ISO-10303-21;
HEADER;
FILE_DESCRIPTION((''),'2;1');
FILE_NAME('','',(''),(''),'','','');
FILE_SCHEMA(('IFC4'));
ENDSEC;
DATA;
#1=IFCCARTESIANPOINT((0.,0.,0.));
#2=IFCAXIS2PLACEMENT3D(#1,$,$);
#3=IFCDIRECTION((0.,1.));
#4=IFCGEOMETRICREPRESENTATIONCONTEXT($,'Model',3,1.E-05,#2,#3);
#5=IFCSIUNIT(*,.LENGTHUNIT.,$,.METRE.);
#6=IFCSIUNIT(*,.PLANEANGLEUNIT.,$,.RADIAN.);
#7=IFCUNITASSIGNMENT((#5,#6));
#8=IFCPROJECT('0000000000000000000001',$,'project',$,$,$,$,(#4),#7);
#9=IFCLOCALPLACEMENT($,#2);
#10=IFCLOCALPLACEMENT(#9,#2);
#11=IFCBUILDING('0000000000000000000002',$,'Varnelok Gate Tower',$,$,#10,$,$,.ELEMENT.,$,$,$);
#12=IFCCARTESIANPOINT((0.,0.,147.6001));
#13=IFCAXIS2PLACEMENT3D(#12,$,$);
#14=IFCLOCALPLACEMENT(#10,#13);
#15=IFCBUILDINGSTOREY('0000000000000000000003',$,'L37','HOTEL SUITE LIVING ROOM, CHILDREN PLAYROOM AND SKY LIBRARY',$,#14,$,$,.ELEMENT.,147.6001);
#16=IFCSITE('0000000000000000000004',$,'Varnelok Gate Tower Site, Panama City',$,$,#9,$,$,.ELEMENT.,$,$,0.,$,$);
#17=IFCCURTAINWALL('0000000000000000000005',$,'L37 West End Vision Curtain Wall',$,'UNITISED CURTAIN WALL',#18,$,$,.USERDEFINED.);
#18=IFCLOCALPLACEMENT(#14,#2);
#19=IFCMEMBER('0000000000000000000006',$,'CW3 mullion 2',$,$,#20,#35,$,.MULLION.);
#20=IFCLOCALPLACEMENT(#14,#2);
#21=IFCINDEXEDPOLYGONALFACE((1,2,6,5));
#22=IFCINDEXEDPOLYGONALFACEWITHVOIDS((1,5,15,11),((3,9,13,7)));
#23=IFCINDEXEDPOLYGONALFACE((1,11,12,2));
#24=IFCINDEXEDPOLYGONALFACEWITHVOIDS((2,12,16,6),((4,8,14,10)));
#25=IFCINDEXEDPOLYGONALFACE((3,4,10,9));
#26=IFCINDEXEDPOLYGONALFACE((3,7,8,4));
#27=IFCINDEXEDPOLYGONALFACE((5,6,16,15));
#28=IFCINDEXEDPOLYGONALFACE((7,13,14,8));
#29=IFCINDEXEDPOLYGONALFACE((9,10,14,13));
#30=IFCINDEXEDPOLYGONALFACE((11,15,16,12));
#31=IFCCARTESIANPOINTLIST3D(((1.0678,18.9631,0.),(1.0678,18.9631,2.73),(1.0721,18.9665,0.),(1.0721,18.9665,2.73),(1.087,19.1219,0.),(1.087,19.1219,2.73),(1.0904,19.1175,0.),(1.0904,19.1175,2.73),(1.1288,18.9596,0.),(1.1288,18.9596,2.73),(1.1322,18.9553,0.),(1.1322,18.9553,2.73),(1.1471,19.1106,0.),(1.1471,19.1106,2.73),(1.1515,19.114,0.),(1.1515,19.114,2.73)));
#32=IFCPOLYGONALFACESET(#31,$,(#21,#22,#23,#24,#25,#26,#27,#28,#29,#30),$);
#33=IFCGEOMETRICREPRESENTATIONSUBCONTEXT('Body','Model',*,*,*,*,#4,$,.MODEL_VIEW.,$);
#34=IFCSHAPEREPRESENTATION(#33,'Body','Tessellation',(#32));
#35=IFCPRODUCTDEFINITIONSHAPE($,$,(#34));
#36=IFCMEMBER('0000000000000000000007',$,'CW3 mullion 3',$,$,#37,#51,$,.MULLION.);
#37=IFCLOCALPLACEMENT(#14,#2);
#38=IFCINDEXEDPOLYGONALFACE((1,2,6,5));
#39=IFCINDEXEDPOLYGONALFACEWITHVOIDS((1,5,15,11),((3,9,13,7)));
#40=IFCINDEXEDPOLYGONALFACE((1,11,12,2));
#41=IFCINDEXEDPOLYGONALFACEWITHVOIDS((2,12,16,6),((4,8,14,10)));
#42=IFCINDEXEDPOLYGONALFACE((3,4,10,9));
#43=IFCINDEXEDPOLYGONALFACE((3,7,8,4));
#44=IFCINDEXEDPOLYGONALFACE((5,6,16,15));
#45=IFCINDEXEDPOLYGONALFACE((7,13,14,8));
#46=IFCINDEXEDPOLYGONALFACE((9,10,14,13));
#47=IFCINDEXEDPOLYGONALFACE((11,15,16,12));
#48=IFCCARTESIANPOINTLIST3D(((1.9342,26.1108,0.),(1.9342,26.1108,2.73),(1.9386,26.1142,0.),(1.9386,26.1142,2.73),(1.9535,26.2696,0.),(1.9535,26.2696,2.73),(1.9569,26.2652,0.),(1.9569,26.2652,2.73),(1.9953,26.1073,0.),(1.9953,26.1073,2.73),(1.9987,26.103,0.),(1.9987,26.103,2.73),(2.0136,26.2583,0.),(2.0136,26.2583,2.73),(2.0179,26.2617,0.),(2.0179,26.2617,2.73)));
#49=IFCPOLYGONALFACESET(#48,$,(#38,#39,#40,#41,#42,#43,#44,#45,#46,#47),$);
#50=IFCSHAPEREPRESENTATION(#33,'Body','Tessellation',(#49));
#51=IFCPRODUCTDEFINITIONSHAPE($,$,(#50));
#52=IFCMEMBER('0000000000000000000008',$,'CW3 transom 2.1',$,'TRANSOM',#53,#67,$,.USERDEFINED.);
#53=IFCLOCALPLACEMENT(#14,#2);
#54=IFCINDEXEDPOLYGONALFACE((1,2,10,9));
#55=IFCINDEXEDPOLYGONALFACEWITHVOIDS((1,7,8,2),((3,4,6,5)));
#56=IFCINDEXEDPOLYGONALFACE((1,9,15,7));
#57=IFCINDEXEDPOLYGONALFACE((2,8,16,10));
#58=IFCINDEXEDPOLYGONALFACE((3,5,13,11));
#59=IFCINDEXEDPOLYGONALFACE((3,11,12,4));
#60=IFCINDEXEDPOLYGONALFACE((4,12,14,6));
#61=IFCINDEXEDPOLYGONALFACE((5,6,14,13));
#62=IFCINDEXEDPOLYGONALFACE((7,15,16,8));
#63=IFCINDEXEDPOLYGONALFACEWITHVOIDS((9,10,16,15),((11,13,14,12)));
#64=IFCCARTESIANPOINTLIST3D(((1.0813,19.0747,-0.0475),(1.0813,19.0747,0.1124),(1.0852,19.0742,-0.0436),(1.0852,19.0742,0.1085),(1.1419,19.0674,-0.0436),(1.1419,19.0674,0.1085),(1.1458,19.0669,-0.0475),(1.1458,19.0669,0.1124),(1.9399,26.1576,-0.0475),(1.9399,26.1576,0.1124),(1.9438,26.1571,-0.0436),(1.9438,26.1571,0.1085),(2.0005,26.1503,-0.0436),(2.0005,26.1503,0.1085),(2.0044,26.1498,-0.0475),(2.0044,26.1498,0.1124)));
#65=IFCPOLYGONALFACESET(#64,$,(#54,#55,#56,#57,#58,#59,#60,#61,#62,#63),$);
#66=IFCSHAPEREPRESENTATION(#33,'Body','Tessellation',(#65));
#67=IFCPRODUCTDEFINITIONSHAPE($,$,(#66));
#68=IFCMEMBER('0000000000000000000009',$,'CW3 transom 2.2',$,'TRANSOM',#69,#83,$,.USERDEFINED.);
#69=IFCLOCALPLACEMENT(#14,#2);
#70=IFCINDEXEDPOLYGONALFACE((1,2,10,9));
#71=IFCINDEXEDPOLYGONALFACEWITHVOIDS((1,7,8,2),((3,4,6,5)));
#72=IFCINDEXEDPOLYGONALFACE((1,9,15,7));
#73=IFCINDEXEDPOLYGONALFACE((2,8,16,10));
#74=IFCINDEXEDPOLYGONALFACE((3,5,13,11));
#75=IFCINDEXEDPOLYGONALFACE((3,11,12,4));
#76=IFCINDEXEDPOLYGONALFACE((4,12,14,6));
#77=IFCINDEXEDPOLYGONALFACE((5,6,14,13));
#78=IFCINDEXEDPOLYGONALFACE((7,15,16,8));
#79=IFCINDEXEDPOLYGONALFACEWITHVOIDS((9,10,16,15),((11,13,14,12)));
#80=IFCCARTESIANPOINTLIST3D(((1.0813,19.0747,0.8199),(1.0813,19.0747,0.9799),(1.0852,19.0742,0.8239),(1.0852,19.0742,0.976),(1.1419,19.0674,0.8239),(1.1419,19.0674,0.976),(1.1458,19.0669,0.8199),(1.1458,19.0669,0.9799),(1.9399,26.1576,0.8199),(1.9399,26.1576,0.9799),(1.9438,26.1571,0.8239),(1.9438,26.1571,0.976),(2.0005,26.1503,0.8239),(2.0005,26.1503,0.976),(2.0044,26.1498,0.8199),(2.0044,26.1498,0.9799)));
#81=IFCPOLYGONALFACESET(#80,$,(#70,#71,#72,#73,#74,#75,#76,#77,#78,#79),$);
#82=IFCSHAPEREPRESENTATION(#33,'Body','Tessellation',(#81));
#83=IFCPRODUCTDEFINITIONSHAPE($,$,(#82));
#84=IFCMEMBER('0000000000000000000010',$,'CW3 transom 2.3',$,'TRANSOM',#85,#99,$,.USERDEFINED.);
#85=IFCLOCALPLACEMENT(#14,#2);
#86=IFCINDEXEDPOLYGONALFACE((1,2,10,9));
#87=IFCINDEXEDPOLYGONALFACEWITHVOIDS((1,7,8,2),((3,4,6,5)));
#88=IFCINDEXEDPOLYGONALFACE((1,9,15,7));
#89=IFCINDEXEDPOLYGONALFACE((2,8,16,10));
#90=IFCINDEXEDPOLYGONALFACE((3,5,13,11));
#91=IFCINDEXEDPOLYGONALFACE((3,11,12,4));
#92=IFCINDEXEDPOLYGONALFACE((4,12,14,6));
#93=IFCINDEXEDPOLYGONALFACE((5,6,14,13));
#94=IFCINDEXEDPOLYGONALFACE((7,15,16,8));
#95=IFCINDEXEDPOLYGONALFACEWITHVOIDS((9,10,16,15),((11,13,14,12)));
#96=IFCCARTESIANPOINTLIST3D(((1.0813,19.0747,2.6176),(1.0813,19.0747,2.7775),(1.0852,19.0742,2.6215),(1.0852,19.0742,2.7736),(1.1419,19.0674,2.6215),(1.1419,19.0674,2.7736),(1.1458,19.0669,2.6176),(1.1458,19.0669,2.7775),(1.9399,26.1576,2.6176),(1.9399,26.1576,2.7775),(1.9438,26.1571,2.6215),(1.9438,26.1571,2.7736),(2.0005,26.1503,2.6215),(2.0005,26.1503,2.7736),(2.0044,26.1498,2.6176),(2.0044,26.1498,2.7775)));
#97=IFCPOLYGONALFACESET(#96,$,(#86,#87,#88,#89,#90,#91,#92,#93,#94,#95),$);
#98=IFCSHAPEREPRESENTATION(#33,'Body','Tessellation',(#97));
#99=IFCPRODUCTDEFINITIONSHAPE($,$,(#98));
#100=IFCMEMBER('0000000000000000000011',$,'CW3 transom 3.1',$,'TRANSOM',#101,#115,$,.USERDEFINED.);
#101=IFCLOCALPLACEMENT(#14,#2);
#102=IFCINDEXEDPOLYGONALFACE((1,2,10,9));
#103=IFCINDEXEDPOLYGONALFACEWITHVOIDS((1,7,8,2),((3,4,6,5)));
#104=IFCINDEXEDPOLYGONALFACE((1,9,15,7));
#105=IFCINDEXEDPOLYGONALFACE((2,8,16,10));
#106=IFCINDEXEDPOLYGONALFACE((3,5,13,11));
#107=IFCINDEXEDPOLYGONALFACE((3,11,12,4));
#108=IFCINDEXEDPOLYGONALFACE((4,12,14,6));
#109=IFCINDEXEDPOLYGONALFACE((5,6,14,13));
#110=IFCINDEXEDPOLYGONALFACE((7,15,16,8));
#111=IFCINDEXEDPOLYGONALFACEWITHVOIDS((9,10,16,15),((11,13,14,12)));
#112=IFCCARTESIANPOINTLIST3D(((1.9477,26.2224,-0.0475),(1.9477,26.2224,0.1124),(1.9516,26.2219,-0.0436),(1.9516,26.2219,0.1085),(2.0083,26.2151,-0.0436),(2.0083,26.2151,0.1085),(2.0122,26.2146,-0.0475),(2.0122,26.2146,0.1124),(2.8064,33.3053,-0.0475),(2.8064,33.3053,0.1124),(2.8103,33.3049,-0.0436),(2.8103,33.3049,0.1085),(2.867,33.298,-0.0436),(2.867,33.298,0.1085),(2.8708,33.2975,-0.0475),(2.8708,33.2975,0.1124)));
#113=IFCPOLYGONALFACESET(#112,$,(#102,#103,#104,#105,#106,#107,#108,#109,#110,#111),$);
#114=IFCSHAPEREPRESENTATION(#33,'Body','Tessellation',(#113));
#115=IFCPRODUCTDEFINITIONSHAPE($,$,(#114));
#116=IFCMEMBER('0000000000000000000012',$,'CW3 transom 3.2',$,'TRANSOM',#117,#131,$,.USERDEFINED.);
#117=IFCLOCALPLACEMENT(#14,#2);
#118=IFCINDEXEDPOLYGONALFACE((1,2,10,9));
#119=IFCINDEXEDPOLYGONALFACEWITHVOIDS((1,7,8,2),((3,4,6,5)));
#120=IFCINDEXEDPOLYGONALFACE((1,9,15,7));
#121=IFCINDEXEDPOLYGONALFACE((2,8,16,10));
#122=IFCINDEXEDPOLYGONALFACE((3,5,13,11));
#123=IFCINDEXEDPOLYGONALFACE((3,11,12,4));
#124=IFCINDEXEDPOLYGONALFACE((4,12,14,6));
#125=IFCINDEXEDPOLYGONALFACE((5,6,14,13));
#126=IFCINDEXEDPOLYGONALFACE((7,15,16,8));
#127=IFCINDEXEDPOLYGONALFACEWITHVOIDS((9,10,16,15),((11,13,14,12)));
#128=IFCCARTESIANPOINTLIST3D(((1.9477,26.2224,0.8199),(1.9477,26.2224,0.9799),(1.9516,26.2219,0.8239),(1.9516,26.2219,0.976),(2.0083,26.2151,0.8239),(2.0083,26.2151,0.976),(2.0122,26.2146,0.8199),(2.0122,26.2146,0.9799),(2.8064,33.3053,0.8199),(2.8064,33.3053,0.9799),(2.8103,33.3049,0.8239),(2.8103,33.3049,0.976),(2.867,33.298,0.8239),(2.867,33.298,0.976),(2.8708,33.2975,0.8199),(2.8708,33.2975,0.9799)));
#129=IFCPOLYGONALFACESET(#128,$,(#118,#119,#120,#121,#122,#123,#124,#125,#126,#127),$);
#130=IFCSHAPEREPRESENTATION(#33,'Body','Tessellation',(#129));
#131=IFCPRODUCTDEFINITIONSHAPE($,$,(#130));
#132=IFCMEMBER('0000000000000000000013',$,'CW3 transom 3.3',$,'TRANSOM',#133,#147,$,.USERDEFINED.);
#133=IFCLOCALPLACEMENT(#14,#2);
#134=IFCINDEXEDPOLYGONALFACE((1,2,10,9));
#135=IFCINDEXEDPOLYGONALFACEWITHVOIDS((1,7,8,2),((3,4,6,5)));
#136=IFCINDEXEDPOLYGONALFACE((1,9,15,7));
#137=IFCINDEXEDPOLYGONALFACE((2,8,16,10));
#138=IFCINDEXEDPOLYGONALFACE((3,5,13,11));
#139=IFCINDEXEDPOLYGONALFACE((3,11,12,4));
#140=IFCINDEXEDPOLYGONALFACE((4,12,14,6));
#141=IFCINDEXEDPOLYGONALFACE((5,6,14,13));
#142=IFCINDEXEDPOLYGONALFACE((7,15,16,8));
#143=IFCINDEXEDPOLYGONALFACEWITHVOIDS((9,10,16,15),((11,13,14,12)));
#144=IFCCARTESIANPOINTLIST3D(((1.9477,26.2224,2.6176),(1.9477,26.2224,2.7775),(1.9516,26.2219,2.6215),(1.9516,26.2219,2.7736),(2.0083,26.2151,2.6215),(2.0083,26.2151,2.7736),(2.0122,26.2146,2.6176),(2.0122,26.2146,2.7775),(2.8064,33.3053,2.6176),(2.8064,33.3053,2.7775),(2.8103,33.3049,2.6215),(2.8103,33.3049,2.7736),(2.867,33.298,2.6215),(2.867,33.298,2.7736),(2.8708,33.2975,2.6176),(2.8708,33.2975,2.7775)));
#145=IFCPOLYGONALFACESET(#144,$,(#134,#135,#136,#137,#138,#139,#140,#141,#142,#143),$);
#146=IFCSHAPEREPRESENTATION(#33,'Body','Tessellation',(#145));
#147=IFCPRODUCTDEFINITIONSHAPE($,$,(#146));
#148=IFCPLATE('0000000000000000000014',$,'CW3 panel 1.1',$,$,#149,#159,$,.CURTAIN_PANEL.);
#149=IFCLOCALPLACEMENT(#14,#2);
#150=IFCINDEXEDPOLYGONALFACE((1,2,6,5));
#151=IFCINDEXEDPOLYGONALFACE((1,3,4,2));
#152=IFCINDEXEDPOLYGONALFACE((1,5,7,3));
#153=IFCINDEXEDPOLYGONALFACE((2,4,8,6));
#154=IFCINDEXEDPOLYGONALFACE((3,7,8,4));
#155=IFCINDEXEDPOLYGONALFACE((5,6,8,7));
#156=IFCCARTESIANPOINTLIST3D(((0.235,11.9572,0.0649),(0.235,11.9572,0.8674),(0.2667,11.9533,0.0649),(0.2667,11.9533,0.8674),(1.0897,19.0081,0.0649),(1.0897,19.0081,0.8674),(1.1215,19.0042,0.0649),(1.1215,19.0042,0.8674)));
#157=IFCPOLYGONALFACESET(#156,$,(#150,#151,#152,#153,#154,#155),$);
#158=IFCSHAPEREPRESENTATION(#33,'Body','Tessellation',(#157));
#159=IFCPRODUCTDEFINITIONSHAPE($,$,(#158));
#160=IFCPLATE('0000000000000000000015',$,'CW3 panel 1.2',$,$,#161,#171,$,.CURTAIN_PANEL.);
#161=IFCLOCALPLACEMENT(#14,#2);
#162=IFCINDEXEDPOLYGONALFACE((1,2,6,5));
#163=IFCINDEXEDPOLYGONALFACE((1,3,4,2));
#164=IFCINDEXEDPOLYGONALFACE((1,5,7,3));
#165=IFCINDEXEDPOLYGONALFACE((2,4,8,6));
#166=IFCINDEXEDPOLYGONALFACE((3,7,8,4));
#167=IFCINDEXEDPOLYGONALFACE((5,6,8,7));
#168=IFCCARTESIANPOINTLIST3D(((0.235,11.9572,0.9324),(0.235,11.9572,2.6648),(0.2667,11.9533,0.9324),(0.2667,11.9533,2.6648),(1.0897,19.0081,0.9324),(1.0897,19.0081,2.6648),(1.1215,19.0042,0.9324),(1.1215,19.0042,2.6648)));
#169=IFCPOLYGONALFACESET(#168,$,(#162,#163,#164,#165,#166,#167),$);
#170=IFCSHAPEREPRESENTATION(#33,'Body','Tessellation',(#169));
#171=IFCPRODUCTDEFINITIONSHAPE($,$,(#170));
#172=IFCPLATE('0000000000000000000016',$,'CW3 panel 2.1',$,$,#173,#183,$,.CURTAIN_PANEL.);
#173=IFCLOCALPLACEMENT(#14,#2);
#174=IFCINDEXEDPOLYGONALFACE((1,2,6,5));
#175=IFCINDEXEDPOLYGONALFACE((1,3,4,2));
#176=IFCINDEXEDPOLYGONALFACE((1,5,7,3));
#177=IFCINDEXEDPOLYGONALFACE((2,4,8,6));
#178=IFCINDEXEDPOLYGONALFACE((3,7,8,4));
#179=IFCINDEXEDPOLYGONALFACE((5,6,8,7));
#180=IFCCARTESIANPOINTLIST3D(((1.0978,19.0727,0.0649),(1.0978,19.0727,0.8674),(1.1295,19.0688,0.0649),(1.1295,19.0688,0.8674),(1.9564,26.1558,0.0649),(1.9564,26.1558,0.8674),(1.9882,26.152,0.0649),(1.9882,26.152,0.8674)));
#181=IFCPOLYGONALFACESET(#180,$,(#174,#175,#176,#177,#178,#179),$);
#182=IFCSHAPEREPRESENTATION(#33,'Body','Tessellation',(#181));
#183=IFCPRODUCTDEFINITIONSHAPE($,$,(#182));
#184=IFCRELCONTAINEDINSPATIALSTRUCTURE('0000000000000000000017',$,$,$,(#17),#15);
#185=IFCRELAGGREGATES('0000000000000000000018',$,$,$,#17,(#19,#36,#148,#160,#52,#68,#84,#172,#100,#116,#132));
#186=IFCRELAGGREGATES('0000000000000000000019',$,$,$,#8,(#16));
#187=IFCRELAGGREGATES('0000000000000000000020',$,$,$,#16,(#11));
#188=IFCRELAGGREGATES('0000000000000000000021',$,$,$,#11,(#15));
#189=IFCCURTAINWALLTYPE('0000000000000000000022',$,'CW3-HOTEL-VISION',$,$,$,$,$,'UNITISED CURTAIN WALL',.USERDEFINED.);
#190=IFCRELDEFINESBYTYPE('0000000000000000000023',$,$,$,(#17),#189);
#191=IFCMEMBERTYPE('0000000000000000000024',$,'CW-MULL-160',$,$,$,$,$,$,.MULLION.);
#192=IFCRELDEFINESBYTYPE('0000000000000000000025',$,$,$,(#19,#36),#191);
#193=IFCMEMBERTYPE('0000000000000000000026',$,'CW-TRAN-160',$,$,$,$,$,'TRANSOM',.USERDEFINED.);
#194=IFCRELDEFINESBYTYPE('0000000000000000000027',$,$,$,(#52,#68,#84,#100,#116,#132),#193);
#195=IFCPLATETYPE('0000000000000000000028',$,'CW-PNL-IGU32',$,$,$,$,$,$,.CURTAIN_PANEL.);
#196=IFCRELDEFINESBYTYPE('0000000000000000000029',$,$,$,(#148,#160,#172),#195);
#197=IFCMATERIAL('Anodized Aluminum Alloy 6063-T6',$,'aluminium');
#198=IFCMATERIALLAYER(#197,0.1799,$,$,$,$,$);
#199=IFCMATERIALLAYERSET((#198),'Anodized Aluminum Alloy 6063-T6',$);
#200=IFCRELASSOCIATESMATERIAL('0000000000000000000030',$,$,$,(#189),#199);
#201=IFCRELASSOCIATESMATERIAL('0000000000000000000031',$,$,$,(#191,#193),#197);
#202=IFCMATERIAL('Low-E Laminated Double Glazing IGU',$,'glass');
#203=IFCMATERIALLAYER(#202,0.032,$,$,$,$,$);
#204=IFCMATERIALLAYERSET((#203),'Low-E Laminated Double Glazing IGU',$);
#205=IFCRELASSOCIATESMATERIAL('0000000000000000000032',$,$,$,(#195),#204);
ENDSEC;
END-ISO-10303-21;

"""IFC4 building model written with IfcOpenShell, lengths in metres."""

from ifc_helpers import new_model, si_unit, direction, frame, origin, origin_2d, place, context, subcontext, project, spatial, rectangle, hollow_rectangle, extrude, source, transform, mapped, material, layer, layer_set, material_profile, profile_set, type_object, element, aggregate, save


model = new_model("IFC4")

# Units and contexts
model_context = context("Model", 3, precision=1e-05, world=origin(), true_north=direction((0.0, 1.0)))
body_context = subcontext(model_context, "Body", "Model", "MODEL_VIEW")
ifc_project = project(units=[si_unit("LENGTHUNIT", "METRE"), si_unit("PLANEANGLEUNIT", "RADIAN")], contexts=[model_context])

# Site, building, storey
site_placement = place(None, origin())
site = spatial("IfcSite", under=ifc_project, at=site_placement, Name="Varnelok Gate Tower Site, Panama City", CompositionType="ELEMENT", RefElevation=0.0)
building_placement = place(site_placement, origin())
building = spatial("IfcBuilding", under=site, at=building_placement, Name="Varnelok Gate Tower", CompositionType="ELEMENT")
storey_placement = place(building_placement, frame((0.0, 0.0, 147.6001)))
storey = spatial("IfcBuildingStorey", under=building, at=storey_placement, Name="L37", Description="HOTEL SUITE LIVING ROOM, CHILDREN PLAYROOM AND SKY LIBRARY", CompositionType="ELEMENT", Elevation=147.6001)

# Curtain wall, members, plates
ifc_material_1 = material(Name="Anodized Aluminum Alloy 6063-T6", Category="aluminium")
ifc_layer_1 = layer(ifc_material_1, 0.1799)
ifc_layer_set_1 = layer_set([ifc_layer_1], Name="Anodized Aluminum Alloy 6063-T6")
curtain_wall_type = type_object("IfcCurtainWallType", Name="CW3-HOTEL-VISION", ElementType="UNITISED CURTAIN WALL", PredefinedType="USERDEFINED", material=ifc_layer_set_1)
curtain_wall_placement = place(storey_placement, origin())
curtain_wall = element("IfcCurtainWall", 1, at=curtain_wall_placement, inside=storey, type_object=curtain_wall_type, Name="L37 West End Vision Curtain Wall", ObjectType="UNITISED CURTAIN WALL", PredefinedType="USERDEFINED")
ifc_material_profile_1 = material_profile(ifc_material_1, hollow_rectangle(XDim=0.0649, YDim=0.1599, WallThickness=0.0039, at=origin_2d()), Name="ALU160X65X4")
ifc_profile_set_1 = profile_set([ifc_material_profile_1], Name="Anodized Aluminum Alloy 6063-T6")
member_type_1 = type_object("IfcMemberType", Name="CW-MULL-160", PredefinedType="MULLION", material=ifc_profile_set_1)
member_1_placement = place(storey_placement, frame((1.1096, 19.0386, 0.0), z_axis=(0.0, 0.0, 1.0), x_axis=(-0.992732, 0.120347, 0.0)))
member_1 = element("IfcMember", 2, at=member_1_placement, type_object=member_type_1, Name="CW3 mullion 2", PredefinedType="MULLION", context=body_context, shape_type="SweptSolid", body=[
    extrude(hollow_rectangle(XDim=0.0649, YDim=0.1599, WallThickness=0.0039, at=origin_2d()), origin(), (0.0, 0.0, 1.0), 2.73),
])
member_2_placement = place(storey_placement, frame((1.9761, 26.1863, 0.0), z_axis=(0.0, 0.0, 1.0), x_axis=(-0.992732, 0.120347, 0.0)))
member_2 = element("IfcMember", 3, at=member_2_placement, type_object=member_type_1, Name="CW3 mullion 3", PredefinedType="MULLION", context=body_context, shape_type="SweptSolid", body=[
    extrude(hollow_rectangle(XDim=0.0649, YDim=0.1599, WallThickness=0.0039, at=origin_2d()), origin(), (0.0, 0.0, 1.0), 2.73),
])
ifc_material_profile_2 = material_profile(ifc_material_1, hollow_rectangle(XDim=0.0649, YDim=0.1599, WallThickness=0.0039, at=origin_2d()), Name="ALU160X65X4")
ifc_profile_set_2 = profile_set([ifc_material_profile_2], Name="Anodized Aluminum Alloy 6063-T6")
member_type_2 = type_object("IfcMemberType", Name="CW-TRAN-160", ElementType="TRANSOM", PredefinedType="USERDEFINED", material=ifc_profile_set_2)
member_3_placement = place(storey_placement, frame((1.1135, 19.0708, 0.0325), z_axis=(0.120345, 0.992732, 0.0), x_axis=(-0.992732, 0.120345, 0.0)))
member_3 = element("IfcMember", 4, at=member_3_placement, type_object=member_type_2, Name="CW3 transom 2.1", ObjectType="TRANSOM", PredefinedType="USERDEFINED", context=body_context, shape_type="SweptSolid", body=[
    extrude(hollow_rectangle(XDim=0.0649, YDim=0.1599, WallThickness=0.0039, at=origin_2d()), origin(), (0.0, 0.0, 1.0), 7.1348),
])
member_4_placement = place(storey_placement, frame((1.1135, 19.0708, 0.8999), z_axis=(0.120345, 0.992732, 0.0), x_axis=(-0.992732, 0.120345, 0.0)))
member_4 = element("IfcMember", 5, at=member_4_placement, type_object=member_type_2, Name="CW3 transom 2.2", ObjectType="TRANSOM", PredefinedType="USERDEFINED", context=body_context, shape_type="SweptSolid", body=[
    extrude(hollow_rectangle(XDim=0.0649, YDim=0.1599, WallThickness=0.0039, at=origin_2d()), origin(), (0.0, 0.0, 1.0), 7.1348),
])
member_5_placement = place(storey_placement, frame((1.1135, 19.0708, 2.6975), z_axis=(0.120345, 0.992732, 0.0), x_axis=(-0.992732, 0.120345, 0.0)))
member_5 = element("IfcMember", 6, at=member_5_placement, type_object=member_type_2, Name="CW3 transom 2.3", ObjectType="TRANSOM", PredefinedType="USERDEFINED", context=body_context, shape_type="SweptSolid", body=[
    extrude(hollow_rectangle(XDim=0.0649, YDim=0.1599, WallThickness=0.0039, at=origin_2d()), origin(), (0.0, 0.0, 1.0), 7.1348),
])
member_6_placement = place(storey_placement, frame((1.98, 26.2185, 0.0325), z_axis=(0.120345, 0.992732, 0.0), x_axis=(-0.992732, 0.120345, 0.0)))
member_6 = element("IfcMember", 7, at=member_6_placement, type_object=member_type_2, Name="CW3 transom 3.1", ObjectType="TRANSOM", PredefinedType="USERDEFINED", context=body_context, shape_type="SweptSolid", body=[
    extrude(hollow_rectangle(XDim=0.0649, YDim=0.1599, WallThickness=0.0039, at=origin_2d()), origin(), (0.0, 0.0, 1.0), 7.1348),
])
member_7_placement = place(storey_placement, frame((1.98, 26.2185, 0.8999), z_axis=(0.120345, 0.992732, 0.0), x_axis=(-0.992732, 0.120345, 0.0)))
member_7 = element("IfcMember", 8, at=member_7_placement, type_object=member_type_2, Name="CW3 transom 3.2", ObjectType="TRANSOM", PredefinedType="USERDEFINED", context=body_context, shape_type="SweptSolid", body=[
    extrude(hollow_rectangle(XDim=0.0649, YDim=0.1599, WallThickness=0.0039, at=origin_2d()), origin(), (0.0, 0.0, 1.0), 7.1348),
])
member_8_placement = place(storey_placement, frame((1.98, 26.2185, 2.6975), z_axis=(0.120345, 0.992732, 0.0), x_axis=(-0.992732, 0.120345, 0.0)))
member_8 = element("IfcMember", 9, at=member_8_placement, type_object=member_type_2, Name="CW3 transom 3.3", ObjectType="TRANSOM", PredefinedType="USERDEFINED", context=body_context, shape_type="SweptSolid", body=[
    extrude(hollow_rectangle(XDim=0.0649, YDim=0.1599, WallThickness=0.0039, at=origin_2d()), origin(), (0.0, 0.0, 1.0), 7.1348),
])
ifc_material_2 = material(Name="Low-E Laminated Double Glazing IGU", Category="glass")
ifc_layer_2 = layer(ifc_material_2, 0.032)
ifc_layer_set_2 = layer_set([ifc_layer_2], Name="Low-E Laminated Double Glazing IGU")
plate_type = type_object("IfcPlateType", Name="CW-PNL-IGU32", PredefinedType="CURTAIN_PANEL", material=ifc_layer_set_2)
shared_shape_1 = source(origin(), body_context, "Body", "SweptSolid", [
    extrude(rectangle(XDim=7.1025, YDim=0.032, at=origin_2d()), origin(), (0.0, 0.0, 1.0), 0.8025),
])
plate_1_placement = place(storey_placement, frame((0.6782, 15.4807, 0.0649), z_axis=(0.0, 0.0, 1.0), x_axis=(0.120347, 0.992732, 0.0)))
plate_1 = element("IfcPlate", 10, at=plate_1_placement, type_object=plate_type, Name="CW3 panel 1.1", PredefinedType="CURTAIN_PANEL", context=body_context, shape_type="MappedRepresentation", body=[
    mapped(shared_shape_1, transform((0.0, 0.0, 0.0), scale=1.0)),
])
shared_shape_2 = source(origin(), body_context, "Body", "SweptSolid", [
    extrude(rectangle(XDim=7.1025, YDim=0.032, at=origin_2d()), origin(), (0.0, 0.0, 1.0), 1.7324),
])
plate_2_placement = place(storey_placement, frame((0.6782, 15.4807, 0.9324), z_axis=(0.0, 0.0, 1.0), x_axis=(0.120347, 0.992732, 0.0)))
plate_2 = element("IfcPlate", 11, at=plate_2_placement, type_object=plate_type, Name="CW3 panel 1.2", PredefinedType="CURTAIN_PANEL", context=body_context, shape_type="MappedRepresentation", body=[
    mapped(shared_shape_2, transform((0.0, 0.0, 0.0), scale=1.0)),
])
shared_shape_3 = source(origin(), body_context, "Body", "SweptSolid", [
    extrude(rectangle(XDim=7.135, YDim=0.032, at=origin_2d()), origin(), (0.0, 0.0, 1.0), 0.8025),
])
plate_3_placement = place(storey_placement, frame((1.543, 22.6123, 0.0649), z_axis=(0.0, 0.0, 1.0), x_axis=(0.120347, 0.992732, 0.0)))
plate_3 = element("IfcPlate", 12, at=plate_3_placement, type_object=plate_type, Name="CW3 panel 2.1", PredefinedType="CURTAIN_PANEL", context=body_context, shape_type="MappedRepresentation", body=[
    mapped(shared_shape_3, transform((0.0, 0.0, 0.0), scale=1.0)),
])
aggregate(curtain_wall, [member_1, member_2, plate_1, plate_2, member_3, member_4, member_5, plate_3, member_6, member_7, member_8])

save(model, "model.ifc")
